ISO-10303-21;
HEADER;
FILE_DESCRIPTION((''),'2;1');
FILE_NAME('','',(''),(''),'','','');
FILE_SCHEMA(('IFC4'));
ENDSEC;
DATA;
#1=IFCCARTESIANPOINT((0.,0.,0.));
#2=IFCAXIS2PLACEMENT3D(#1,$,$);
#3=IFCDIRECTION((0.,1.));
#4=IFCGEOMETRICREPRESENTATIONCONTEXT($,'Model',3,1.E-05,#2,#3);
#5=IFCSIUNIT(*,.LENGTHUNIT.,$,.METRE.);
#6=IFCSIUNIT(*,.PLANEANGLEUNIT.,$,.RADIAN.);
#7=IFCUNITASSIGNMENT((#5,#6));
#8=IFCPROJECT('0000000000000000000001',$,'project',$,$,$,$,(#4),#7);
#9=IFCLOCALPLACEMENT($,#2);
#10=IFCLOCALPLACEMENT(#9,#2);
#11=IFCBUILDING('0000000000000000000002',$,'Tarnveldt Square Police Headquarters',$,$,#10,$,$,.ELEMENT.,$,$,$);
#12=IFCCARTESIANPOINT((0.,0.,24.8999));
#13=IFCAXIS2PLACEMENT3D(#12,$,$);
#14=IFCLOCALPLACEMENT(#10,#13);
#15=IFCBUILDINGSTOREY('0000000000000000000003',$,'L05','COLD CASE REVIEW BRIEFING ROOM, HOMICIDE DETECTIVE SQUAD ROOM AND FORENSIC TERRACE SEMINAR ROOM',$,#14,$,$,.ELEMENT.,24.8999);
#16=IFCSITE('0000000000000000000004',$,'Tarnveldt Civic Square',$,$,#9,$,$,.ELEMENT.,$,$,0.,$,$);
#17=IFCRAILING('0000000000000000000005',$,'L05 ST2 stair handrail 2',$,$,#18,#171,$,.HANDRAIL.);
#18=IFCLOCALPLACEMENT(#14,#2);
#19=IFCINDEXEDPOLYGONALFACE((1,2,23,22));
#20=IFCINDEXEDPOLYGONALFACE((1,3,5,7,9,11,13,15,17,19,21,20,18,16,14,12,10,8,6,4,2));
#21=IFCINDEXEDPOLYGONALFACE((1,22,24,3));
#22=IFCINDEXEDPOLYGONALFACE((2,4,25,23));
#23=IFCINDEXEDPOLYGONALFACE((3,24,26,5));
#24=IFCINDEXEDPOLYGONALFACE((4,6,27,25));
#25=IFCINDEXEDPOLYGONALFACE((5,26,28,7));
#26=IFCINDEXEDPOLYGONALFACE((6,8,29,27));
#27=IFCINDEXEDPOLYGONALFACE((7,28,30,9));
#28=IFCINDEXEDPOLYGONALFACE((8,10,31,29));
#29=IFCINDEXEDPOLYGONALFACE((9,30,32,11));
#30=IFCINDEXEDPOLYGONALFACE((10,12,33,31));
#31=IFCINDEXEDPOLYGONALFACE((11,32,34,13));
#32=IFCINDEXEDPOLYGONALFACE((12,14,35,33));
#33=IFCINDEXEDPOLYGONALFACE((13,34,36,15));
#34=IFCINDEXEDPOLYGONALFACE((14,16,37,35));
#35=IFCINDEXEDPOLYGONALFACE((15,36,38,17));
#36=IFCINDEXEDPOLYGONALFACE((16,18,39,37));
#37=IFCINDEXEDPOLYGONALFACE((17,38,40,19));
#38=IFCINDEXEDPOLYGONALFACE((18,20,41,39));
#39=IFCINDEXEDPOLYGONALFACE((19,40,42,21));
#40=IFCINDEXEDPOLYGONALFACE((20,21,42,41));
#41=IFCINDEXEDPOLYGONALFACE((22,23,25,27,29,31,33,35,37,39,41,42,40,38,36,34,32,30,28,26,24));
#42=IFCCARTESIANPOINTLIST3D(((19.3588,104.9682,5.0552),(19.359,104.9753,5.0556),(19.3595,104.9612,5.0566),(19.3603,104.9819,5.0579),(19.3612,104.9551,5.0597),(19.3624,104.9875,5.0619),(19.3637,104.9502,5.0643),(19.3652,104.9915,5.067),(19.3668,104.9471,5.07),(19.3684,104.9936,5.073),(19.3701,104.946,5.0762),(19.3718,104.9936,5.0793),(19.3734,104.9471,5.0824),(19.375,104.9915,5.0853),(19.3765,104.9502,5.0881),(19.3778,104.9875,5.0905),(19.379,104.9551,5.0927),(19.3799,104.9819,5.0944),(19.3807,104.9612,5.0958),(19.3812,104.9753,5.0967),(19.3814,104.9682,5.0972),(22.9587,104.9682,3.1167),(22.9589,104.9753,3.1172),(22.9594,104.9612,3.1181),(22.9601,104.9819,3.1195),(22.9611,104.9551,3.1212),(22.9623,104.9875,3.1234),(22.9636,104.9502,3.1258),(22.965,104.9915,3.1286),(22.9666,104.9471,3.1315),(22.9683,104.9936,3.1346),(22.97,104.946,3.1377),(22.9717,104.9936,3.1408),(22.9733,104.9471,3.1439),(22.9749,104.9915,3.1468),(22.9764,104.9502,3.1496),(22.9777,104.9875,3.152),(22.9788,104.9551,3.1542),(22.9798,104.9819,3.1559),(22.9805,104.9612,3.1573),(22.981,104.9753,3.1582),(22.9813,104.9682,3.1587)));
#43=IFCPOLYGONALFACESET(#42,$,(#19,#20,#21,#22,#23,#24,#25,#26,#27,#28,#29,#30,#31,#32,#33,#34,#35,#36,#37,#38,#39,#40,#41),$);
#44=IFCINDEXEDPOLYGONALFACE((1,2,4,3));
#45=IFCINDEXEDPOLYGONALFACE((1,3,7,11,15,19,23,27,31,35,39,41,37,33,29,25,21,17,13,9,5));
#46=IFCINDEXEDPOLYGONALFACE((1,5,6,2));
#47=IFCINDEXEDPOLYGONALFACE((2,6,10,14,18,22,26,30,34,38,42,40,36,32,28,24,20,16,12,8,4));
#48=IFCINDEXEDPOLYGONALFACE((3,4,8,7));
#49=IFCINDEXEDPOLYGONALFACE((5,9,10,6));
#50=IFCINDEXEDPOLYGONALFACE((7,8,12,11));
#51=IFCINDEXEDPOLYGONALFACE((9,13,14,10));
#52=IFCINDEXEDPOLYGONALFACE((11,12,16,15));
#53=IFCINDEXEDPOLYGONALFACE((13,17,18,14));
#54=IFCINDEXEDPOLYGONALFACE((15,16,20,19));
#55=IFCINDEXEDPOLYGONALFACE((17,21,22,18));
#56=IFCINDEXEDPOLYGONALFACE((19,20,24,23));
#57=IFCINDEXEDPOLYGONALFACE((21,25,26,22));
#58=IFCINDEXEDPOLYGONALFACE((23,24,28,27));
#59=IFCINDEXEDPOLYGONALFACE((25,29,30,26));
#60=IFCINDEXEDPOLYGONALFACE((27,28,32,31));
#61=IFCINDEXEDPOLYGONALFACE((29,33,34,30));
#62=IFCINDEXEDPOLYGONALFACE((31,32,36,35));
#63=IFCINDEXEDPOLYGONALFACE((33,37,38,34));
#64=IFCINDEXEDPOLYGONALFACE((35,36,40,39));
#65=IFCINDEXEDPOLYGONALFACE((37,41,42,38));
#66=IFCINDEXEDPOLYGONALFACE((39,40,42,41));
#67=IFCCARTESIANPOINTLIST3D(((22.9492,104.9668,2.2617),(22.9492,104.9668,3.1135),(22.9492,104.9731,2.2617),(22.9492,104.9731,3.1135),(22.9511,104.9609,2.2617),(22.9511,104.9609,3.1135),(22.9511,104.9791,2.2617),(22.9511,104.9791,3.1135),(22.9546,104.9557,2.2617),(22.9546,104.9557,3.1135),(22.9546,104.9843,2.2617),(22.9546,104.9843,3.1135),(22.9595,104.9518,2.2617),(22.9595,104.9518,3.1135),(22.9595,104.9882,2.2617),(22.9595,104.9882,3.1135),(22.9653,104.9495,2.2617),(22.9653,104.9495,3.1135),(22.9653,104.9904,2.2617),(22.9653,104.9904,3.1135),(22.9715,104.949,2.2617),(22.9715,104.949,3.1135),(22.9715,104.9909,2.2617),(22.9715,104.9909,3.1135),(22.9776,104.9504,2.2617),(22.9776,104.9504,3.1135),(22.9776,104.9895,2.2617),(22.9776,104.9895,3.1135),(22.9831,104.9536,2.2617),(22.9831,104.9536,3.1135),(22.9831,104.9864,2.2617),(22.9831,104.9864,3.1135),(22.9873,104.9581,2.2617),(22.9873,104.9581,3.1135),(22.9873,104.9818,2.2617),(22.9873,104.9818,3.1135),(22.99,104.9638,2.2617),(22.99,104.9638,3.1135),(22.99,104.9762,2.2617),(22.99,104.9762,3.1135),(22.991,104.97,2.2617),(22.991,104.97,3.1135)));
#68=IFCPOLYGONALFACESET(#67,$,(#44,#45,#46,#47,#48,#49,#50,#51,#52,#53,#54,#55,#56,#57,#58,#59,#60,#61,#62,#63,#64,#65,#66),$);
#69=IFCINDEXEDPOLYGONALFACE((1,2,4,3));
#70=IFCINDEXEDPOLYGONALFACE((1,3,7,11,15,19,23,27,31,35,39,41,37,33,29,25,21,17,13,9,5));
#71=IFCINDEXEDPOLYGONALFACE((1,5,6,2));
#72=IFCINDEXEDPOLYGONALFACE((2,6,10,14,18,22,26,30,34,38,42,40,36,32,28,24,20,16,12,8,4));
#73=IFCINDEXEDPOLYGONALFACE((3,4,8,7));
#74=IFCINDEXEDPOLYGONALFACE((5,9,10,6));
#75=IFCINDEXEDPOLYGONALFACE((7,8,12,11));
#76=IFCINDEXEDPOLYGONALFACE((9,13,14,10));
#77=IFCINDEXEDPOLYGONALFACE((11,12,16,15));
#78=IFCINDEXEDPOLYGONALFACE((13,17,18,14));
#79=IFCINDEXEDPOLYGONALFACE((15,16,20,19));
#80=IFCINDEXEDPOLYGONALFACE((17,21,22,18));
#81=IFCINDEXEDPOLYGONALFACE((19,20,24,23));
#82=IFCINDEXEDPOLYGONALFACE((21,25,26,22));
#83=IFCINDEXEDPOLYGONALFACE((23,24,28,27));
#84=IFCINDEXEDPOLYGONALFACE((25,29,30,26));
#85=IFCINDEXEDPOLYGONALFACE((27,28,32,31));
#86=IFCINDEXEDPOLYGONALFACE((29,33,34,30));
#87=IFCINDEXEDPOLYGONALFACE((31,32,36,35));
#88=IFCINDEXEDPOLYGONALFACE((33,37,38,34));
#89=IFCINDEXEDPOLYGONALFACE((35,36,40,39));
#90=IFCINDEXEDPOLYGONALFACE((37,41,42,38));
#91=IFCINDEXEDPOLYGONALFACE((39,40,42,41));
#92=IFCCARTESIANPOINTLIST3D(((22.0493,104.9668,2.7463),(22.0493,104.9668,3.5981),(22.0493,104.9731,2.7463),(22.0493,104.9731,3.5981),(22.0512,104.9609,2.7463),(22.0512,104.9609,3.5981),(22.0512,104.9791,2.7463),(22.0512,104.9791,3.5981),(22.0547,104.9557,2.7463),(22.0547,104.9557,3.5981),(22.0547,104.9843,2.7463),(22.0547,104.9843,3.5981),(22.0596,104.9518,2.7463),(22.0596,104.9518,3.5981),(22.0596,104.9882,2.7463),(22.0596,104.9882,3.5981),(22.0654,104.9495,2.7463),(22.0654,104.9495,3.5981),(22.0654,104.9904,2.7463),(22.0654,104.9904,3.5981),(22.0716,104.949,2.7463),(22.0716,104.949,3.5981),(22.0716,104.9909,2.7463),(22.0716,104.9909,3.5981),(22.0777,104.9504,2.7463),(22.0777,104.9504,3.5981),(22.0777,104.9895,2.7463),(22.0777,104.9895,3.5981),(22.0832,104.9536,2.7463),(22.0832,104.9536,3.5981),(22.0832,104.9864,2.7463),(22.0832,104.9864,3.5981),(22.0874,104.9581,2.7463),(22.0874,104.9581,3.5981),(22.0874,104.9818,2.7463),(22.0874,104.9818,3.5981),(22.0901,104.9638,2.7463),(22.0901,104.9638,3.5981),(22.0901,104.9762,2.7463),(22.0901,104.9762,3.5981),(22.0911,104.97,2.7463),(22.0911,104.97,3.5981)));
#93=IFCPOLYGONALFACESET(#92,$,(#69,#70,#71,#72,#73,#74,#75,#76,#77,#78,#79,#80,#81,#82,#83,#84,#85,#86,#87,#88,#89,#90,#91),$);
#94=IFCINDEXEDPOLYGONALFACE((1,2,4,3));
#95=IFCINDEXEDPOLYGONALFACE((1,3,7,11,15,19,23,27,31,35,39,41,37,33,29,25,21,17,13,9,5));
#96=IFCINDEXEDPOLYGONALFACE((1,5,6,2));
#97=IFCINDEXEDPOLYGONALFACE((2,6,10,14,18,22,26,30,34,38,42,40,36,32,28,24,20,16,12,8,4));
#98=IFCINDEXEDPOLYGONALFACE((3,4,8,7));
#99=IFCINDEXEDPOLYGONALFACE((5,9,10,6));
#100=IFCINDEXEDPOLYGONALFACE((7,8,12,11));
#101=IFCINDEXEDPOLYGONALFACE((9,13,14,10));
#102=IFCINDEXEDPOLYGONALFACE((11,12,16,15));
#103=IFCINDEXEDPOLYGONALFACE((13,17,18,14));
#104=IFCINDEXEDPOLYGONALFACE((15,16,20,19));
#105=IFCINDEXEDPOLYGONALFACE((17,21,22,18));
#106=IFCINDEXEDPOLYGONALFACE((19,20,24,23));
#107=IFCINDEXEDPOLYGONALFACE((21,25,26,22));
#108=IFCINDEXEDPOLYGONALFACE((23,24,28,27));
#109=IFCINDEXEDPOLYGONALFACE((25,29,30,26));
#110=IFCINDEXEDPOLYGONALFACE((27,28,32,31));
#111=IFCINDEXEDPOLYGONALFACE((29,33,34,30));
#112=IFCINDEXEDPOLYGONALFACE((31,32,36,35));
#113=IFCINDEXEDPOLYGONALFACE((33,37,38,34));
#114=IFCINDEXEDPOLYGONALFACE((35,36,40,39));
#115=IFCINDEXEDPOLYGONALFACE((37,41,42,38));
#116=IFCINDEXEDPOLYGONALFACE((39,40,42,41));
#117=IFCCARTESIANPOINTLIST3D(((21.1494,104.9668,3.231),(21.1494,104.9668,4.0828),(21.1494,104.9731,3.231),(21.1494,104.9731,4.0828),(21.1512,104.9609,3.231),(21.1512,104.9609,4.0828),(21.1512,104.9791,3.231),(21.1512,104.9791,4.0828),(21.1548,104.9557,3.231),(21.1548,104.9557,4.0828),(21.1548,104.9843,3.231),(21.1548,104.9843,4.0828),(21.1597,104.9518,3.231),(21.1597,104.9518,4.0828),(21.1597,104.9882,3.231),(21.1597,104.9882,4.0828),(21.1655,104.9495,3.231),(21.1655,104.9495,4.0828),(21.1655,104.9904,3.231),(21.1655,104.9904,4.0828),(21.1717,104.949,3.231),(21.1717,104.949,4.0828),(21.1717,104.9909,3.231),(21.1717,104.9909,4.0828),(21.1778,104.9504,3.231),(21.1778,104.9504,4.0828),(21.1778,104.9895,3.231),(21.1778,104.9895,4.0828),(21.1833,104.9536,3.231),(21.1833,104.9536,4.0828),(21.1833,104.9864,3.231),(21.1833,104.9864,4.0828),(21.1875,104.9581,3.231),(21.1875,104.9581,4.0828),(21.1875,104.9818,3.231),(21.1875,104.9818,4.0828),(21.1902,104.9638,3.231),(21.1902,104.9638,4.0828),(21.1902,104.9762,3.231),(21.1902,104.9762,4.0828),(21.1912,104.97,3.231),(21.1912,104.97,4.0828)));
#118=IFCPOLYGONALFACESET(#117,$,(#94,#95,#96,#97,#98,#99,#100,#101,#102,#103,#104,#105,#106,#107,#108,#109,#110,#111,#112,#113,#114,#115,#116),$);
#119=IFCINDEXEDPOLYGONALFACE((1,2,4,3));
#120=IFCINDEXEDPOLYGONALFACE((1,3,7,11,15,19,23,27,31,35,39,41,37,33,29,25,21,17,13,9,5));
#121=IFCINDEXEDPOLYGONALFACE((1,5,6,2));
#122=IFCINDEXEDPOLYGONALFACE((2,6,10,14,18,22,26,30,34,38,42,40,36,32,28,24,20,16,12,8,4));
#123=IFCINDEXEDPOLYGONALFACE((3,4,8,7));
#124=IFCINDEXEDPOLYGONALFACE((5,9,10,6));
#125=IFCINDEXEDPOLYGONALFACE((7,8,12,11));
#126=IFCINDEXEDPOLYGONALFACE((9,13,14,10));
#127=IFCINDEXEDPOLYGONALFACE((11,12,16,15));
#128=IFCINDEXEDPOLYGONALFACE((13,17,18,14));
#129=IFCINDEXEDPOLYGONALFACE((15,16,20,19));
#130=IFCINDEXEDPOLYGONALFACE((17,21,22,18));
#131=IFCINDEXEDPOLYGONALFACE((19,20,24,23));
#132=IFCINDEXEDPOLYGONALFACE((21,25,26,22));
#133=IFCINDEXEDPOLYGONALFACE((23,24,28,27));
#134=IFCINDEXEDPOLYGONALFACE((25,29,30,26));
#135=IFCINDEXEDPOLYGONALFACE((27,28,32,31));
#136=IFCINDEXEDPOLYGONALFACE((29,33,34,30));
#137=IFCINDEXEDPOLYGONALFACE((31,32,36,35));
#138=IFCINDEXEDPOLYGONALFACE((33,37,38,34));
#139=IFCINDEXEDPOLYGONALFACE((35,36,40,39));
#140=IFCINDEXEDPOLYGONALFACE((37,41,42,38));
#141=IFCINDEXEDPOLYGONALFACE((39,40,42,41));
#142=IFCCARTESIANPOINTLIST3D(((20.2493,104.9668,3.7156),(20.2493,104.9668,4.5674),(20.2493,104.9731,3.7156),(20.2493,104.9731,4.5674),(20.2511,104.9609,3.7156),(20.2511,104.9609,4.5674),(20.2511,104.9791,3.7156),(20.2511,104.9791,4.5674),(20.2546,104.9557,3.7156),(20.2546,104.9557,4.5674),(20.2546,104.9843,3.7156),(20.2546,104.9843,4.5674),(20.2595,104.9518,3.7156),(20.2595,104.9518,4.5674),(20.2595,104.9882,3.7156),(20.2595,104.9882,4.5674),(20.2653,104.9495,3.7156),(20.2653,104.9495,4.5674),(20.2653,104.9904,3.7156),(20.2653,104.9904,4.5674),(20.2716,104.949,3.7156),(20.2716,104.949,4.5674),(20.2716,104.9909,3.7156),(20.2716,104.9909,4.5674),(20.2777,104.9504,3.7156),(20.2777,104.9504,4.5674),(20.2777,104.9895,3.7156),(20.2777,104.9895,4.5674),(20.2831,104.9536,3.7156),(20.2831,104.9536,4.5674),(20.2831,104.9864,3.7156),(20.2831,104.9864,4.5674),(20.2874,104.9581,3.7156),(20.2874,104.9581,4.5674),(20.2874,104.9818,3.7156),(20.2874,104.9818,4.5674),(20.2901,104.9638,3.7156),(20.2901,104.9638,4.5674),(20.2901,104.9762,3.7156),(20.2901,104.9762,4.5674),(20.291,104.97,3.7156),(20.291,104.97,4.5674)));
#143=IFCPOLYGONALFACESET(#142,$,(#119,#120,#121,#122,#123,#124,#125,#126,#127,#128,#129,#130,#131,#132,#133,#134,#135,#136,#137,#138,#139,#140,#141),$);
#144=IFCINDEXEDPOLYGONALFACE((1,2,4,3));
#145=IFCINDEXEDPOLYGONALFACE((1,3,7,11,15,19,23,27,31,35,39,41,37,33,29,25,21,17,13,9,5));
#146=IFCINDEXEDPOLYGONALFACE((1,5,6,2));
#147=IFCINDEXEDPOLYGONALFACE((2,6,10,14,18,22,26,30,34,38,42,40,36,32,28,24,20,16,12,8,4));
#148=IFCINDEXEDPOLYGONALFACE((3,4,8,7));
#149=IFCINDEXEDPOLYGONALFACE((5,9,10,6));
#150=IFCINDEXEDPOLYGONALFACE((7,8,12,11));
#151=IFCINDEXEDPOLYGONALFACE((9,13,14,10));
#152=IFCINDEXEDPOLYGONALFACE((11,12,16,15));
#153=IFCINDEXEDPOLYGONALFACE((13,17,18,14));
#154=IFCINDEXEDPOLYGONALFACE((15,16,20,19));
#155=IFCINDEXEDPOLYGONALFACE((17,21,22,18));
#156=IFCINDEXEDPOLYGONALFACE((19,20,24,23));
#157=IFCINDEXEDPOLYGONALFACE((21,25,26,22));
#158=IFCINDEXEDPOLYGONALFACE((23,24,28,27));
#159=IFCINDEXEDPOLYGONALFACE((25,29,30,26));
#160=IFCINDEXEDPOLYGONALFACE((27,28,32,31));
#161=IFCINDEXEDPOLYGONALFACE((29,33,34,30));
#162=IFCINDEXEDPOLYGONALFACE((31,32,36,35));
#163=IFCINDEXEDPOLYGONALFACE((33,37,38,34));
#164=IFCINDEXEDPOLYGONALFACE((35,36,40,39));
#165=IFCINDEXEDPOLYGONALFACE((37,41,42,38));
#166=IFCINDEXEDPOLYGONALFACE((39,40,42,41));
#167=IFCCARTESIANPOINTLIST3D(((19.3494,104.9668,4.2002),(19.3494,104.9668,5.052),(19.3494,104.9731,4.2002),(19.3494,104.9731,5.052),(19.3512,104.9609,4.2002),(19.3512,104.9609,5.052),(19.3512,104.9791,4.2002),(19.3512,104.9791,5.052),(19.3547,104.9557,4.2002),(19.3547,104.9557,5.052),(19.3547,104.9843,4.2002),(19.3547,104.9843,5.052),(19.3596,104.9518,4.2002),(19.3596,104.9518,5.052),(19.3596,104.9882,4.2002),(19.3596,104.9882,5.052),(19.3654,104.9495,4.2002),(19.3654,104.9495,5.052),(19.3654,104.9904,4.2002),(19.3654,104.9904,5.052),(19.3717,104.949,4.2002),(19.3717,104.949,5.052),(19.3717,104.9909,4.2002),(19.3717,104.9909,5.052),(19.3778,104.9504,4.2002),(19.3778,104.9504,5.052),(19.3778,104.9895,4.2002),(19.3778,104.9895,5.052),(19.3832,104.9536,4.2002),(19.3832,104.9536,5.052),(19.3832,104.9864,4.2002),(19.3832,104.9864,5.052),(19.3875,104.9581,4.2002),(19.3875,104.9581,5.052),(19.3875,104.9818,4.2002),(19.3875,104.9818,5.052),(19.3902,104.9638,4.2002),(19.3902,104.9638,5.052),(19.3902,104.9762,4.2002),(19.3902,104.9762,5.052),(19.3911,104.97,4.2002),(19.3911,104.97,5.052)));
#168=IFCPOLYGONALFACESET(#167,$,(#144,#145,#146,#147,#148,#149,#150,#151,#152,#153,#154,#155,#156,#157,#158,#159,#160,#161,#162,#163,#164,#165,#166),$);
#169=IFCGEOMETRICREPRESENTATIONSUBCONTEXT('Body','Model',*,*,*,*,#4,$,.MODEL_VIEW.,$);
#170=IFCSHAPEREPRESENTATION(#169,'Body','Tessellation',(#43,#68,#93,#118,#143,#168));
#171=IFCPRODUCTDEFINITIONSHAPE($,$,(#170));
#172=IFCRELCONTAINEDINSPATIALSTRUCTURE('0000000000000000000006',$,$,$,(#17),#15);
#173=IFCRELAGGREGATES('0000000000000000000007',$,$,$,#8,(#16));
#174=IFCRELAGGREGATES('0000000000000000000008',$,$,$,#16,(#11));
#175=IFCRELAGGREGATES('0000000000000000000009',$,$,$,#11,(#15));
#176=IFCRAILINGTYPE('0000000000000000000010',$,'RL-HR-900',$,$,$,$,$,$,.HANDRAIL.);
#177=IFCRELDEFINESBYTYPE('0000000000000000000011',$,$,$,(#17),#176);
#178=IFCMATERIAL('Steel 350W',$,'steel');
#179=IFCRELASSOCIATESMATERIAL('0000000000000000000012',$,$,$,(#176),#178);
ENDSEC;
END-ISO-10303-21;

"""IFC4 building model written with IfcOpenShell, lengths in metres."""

from ifc_helpers import new_model, si_unit, direction, frame, origin, origin_2d, place, context, subcontext, project, spatial, circle, extrude, material, type_object, element, save


model = new_model("IFC4")

# Units and contexts
model_context = context("Model", 3, precision=1e-05, world=origin(), true_north=direction((0.0, 1.0)))
body_context = subcontext(model_context, "Body", "Model", "MODEL_VIEW")
ifc_project = project(units=[si_unit("LENGTHUNIT", "METRE"), si_unit("PLANEANGLEUNIT", "RADIAN")], contexts=[model_context])

# Site, building, storey
site_placement = place(None, origin())
site = spatial("IfcSite", under=ifc_project, at=site_placement, Name="Tarnveldt Civic Square", CompositionType="ELEMENT", RefElevation=0.0)
building_placement = place(site_placement, origin())
building = spatial("IfcBuilding", under=site, at=building_placement, Name="Tarnveldt Square Police Headquarters", CompositionType="ELEMENT")
storey_placement = place(building_placement, frame((0.0, 0.0, 24.8999)))
storey = spatial("IfcBuildingStorey", under=building, at=storey_placement, Name="L05", Description="COLD CASE REVIEW BRIEFING ROOM, HOMICIDE DETECTIVE SQUAD ROOM AND FORENSIC TERRACE SEMINAR ROOM", CompositionType="ELEMENT", Elevation=24.8999)

# Shared definitions
ifc_material_1 = material(Name="Steel 350W", Category="steel")

# Railing
railing_type_1 = type_object("IfcRailingType", Name="RL-HR-900", PredefinedType="HANDRAIL", material=ifc_material_1)
railing_1_placement = place(storey_placement, frame((22.97, 104.97, 2.2617)))
element("IfcRailing", 1, at=railing_1_placement, inside=storey, type_object=railing_type_1, Name="L05 ST2 stair handrail 2", PredefinedType="HANDRAIL", context=body_context, shape_type="SweptSolid", body=[
    extrude(circle(Radius=0.0239, at=origin_2d()), frame((0.0, 0.0, 0.876), z_axis=(-0.880462, 0.0, 0.474118), x_axis=(0.0, -1.0, 0.0)), (0.0, 0.0, 1.0), 4.0886),
    extrude(circle(Radius=0.021, at=origin_2d()), origin(), (0.0, 0.0, 1.0), 0.8518),
    extrude(circle(Radius=0.021, at=origin_2d()), frame((-0.8999, 0.0, 0.4846)), (0.0, 0.0, 1.0), 0.8518),
    extrude(circle(Radius=0.021, at=origin_2d()), frame((-1.7998, 0.0, 0.9692)), (0.0, 0.0, 1.0), 0.8518),
    extrude(circle(Radius=0.021, at=origin_2d()), frame((-2.7, 0.0, 1.4539)), (0.0, 0.0, 1.0), 0.8518),
    extrude(circle(Radius=0.021, at=origin_2d()), frame((-3.5999, 0.0, 1.9385)), (0.0, 0.0, 1.0), 0.8518),
])

save(model, "model.ifc")
